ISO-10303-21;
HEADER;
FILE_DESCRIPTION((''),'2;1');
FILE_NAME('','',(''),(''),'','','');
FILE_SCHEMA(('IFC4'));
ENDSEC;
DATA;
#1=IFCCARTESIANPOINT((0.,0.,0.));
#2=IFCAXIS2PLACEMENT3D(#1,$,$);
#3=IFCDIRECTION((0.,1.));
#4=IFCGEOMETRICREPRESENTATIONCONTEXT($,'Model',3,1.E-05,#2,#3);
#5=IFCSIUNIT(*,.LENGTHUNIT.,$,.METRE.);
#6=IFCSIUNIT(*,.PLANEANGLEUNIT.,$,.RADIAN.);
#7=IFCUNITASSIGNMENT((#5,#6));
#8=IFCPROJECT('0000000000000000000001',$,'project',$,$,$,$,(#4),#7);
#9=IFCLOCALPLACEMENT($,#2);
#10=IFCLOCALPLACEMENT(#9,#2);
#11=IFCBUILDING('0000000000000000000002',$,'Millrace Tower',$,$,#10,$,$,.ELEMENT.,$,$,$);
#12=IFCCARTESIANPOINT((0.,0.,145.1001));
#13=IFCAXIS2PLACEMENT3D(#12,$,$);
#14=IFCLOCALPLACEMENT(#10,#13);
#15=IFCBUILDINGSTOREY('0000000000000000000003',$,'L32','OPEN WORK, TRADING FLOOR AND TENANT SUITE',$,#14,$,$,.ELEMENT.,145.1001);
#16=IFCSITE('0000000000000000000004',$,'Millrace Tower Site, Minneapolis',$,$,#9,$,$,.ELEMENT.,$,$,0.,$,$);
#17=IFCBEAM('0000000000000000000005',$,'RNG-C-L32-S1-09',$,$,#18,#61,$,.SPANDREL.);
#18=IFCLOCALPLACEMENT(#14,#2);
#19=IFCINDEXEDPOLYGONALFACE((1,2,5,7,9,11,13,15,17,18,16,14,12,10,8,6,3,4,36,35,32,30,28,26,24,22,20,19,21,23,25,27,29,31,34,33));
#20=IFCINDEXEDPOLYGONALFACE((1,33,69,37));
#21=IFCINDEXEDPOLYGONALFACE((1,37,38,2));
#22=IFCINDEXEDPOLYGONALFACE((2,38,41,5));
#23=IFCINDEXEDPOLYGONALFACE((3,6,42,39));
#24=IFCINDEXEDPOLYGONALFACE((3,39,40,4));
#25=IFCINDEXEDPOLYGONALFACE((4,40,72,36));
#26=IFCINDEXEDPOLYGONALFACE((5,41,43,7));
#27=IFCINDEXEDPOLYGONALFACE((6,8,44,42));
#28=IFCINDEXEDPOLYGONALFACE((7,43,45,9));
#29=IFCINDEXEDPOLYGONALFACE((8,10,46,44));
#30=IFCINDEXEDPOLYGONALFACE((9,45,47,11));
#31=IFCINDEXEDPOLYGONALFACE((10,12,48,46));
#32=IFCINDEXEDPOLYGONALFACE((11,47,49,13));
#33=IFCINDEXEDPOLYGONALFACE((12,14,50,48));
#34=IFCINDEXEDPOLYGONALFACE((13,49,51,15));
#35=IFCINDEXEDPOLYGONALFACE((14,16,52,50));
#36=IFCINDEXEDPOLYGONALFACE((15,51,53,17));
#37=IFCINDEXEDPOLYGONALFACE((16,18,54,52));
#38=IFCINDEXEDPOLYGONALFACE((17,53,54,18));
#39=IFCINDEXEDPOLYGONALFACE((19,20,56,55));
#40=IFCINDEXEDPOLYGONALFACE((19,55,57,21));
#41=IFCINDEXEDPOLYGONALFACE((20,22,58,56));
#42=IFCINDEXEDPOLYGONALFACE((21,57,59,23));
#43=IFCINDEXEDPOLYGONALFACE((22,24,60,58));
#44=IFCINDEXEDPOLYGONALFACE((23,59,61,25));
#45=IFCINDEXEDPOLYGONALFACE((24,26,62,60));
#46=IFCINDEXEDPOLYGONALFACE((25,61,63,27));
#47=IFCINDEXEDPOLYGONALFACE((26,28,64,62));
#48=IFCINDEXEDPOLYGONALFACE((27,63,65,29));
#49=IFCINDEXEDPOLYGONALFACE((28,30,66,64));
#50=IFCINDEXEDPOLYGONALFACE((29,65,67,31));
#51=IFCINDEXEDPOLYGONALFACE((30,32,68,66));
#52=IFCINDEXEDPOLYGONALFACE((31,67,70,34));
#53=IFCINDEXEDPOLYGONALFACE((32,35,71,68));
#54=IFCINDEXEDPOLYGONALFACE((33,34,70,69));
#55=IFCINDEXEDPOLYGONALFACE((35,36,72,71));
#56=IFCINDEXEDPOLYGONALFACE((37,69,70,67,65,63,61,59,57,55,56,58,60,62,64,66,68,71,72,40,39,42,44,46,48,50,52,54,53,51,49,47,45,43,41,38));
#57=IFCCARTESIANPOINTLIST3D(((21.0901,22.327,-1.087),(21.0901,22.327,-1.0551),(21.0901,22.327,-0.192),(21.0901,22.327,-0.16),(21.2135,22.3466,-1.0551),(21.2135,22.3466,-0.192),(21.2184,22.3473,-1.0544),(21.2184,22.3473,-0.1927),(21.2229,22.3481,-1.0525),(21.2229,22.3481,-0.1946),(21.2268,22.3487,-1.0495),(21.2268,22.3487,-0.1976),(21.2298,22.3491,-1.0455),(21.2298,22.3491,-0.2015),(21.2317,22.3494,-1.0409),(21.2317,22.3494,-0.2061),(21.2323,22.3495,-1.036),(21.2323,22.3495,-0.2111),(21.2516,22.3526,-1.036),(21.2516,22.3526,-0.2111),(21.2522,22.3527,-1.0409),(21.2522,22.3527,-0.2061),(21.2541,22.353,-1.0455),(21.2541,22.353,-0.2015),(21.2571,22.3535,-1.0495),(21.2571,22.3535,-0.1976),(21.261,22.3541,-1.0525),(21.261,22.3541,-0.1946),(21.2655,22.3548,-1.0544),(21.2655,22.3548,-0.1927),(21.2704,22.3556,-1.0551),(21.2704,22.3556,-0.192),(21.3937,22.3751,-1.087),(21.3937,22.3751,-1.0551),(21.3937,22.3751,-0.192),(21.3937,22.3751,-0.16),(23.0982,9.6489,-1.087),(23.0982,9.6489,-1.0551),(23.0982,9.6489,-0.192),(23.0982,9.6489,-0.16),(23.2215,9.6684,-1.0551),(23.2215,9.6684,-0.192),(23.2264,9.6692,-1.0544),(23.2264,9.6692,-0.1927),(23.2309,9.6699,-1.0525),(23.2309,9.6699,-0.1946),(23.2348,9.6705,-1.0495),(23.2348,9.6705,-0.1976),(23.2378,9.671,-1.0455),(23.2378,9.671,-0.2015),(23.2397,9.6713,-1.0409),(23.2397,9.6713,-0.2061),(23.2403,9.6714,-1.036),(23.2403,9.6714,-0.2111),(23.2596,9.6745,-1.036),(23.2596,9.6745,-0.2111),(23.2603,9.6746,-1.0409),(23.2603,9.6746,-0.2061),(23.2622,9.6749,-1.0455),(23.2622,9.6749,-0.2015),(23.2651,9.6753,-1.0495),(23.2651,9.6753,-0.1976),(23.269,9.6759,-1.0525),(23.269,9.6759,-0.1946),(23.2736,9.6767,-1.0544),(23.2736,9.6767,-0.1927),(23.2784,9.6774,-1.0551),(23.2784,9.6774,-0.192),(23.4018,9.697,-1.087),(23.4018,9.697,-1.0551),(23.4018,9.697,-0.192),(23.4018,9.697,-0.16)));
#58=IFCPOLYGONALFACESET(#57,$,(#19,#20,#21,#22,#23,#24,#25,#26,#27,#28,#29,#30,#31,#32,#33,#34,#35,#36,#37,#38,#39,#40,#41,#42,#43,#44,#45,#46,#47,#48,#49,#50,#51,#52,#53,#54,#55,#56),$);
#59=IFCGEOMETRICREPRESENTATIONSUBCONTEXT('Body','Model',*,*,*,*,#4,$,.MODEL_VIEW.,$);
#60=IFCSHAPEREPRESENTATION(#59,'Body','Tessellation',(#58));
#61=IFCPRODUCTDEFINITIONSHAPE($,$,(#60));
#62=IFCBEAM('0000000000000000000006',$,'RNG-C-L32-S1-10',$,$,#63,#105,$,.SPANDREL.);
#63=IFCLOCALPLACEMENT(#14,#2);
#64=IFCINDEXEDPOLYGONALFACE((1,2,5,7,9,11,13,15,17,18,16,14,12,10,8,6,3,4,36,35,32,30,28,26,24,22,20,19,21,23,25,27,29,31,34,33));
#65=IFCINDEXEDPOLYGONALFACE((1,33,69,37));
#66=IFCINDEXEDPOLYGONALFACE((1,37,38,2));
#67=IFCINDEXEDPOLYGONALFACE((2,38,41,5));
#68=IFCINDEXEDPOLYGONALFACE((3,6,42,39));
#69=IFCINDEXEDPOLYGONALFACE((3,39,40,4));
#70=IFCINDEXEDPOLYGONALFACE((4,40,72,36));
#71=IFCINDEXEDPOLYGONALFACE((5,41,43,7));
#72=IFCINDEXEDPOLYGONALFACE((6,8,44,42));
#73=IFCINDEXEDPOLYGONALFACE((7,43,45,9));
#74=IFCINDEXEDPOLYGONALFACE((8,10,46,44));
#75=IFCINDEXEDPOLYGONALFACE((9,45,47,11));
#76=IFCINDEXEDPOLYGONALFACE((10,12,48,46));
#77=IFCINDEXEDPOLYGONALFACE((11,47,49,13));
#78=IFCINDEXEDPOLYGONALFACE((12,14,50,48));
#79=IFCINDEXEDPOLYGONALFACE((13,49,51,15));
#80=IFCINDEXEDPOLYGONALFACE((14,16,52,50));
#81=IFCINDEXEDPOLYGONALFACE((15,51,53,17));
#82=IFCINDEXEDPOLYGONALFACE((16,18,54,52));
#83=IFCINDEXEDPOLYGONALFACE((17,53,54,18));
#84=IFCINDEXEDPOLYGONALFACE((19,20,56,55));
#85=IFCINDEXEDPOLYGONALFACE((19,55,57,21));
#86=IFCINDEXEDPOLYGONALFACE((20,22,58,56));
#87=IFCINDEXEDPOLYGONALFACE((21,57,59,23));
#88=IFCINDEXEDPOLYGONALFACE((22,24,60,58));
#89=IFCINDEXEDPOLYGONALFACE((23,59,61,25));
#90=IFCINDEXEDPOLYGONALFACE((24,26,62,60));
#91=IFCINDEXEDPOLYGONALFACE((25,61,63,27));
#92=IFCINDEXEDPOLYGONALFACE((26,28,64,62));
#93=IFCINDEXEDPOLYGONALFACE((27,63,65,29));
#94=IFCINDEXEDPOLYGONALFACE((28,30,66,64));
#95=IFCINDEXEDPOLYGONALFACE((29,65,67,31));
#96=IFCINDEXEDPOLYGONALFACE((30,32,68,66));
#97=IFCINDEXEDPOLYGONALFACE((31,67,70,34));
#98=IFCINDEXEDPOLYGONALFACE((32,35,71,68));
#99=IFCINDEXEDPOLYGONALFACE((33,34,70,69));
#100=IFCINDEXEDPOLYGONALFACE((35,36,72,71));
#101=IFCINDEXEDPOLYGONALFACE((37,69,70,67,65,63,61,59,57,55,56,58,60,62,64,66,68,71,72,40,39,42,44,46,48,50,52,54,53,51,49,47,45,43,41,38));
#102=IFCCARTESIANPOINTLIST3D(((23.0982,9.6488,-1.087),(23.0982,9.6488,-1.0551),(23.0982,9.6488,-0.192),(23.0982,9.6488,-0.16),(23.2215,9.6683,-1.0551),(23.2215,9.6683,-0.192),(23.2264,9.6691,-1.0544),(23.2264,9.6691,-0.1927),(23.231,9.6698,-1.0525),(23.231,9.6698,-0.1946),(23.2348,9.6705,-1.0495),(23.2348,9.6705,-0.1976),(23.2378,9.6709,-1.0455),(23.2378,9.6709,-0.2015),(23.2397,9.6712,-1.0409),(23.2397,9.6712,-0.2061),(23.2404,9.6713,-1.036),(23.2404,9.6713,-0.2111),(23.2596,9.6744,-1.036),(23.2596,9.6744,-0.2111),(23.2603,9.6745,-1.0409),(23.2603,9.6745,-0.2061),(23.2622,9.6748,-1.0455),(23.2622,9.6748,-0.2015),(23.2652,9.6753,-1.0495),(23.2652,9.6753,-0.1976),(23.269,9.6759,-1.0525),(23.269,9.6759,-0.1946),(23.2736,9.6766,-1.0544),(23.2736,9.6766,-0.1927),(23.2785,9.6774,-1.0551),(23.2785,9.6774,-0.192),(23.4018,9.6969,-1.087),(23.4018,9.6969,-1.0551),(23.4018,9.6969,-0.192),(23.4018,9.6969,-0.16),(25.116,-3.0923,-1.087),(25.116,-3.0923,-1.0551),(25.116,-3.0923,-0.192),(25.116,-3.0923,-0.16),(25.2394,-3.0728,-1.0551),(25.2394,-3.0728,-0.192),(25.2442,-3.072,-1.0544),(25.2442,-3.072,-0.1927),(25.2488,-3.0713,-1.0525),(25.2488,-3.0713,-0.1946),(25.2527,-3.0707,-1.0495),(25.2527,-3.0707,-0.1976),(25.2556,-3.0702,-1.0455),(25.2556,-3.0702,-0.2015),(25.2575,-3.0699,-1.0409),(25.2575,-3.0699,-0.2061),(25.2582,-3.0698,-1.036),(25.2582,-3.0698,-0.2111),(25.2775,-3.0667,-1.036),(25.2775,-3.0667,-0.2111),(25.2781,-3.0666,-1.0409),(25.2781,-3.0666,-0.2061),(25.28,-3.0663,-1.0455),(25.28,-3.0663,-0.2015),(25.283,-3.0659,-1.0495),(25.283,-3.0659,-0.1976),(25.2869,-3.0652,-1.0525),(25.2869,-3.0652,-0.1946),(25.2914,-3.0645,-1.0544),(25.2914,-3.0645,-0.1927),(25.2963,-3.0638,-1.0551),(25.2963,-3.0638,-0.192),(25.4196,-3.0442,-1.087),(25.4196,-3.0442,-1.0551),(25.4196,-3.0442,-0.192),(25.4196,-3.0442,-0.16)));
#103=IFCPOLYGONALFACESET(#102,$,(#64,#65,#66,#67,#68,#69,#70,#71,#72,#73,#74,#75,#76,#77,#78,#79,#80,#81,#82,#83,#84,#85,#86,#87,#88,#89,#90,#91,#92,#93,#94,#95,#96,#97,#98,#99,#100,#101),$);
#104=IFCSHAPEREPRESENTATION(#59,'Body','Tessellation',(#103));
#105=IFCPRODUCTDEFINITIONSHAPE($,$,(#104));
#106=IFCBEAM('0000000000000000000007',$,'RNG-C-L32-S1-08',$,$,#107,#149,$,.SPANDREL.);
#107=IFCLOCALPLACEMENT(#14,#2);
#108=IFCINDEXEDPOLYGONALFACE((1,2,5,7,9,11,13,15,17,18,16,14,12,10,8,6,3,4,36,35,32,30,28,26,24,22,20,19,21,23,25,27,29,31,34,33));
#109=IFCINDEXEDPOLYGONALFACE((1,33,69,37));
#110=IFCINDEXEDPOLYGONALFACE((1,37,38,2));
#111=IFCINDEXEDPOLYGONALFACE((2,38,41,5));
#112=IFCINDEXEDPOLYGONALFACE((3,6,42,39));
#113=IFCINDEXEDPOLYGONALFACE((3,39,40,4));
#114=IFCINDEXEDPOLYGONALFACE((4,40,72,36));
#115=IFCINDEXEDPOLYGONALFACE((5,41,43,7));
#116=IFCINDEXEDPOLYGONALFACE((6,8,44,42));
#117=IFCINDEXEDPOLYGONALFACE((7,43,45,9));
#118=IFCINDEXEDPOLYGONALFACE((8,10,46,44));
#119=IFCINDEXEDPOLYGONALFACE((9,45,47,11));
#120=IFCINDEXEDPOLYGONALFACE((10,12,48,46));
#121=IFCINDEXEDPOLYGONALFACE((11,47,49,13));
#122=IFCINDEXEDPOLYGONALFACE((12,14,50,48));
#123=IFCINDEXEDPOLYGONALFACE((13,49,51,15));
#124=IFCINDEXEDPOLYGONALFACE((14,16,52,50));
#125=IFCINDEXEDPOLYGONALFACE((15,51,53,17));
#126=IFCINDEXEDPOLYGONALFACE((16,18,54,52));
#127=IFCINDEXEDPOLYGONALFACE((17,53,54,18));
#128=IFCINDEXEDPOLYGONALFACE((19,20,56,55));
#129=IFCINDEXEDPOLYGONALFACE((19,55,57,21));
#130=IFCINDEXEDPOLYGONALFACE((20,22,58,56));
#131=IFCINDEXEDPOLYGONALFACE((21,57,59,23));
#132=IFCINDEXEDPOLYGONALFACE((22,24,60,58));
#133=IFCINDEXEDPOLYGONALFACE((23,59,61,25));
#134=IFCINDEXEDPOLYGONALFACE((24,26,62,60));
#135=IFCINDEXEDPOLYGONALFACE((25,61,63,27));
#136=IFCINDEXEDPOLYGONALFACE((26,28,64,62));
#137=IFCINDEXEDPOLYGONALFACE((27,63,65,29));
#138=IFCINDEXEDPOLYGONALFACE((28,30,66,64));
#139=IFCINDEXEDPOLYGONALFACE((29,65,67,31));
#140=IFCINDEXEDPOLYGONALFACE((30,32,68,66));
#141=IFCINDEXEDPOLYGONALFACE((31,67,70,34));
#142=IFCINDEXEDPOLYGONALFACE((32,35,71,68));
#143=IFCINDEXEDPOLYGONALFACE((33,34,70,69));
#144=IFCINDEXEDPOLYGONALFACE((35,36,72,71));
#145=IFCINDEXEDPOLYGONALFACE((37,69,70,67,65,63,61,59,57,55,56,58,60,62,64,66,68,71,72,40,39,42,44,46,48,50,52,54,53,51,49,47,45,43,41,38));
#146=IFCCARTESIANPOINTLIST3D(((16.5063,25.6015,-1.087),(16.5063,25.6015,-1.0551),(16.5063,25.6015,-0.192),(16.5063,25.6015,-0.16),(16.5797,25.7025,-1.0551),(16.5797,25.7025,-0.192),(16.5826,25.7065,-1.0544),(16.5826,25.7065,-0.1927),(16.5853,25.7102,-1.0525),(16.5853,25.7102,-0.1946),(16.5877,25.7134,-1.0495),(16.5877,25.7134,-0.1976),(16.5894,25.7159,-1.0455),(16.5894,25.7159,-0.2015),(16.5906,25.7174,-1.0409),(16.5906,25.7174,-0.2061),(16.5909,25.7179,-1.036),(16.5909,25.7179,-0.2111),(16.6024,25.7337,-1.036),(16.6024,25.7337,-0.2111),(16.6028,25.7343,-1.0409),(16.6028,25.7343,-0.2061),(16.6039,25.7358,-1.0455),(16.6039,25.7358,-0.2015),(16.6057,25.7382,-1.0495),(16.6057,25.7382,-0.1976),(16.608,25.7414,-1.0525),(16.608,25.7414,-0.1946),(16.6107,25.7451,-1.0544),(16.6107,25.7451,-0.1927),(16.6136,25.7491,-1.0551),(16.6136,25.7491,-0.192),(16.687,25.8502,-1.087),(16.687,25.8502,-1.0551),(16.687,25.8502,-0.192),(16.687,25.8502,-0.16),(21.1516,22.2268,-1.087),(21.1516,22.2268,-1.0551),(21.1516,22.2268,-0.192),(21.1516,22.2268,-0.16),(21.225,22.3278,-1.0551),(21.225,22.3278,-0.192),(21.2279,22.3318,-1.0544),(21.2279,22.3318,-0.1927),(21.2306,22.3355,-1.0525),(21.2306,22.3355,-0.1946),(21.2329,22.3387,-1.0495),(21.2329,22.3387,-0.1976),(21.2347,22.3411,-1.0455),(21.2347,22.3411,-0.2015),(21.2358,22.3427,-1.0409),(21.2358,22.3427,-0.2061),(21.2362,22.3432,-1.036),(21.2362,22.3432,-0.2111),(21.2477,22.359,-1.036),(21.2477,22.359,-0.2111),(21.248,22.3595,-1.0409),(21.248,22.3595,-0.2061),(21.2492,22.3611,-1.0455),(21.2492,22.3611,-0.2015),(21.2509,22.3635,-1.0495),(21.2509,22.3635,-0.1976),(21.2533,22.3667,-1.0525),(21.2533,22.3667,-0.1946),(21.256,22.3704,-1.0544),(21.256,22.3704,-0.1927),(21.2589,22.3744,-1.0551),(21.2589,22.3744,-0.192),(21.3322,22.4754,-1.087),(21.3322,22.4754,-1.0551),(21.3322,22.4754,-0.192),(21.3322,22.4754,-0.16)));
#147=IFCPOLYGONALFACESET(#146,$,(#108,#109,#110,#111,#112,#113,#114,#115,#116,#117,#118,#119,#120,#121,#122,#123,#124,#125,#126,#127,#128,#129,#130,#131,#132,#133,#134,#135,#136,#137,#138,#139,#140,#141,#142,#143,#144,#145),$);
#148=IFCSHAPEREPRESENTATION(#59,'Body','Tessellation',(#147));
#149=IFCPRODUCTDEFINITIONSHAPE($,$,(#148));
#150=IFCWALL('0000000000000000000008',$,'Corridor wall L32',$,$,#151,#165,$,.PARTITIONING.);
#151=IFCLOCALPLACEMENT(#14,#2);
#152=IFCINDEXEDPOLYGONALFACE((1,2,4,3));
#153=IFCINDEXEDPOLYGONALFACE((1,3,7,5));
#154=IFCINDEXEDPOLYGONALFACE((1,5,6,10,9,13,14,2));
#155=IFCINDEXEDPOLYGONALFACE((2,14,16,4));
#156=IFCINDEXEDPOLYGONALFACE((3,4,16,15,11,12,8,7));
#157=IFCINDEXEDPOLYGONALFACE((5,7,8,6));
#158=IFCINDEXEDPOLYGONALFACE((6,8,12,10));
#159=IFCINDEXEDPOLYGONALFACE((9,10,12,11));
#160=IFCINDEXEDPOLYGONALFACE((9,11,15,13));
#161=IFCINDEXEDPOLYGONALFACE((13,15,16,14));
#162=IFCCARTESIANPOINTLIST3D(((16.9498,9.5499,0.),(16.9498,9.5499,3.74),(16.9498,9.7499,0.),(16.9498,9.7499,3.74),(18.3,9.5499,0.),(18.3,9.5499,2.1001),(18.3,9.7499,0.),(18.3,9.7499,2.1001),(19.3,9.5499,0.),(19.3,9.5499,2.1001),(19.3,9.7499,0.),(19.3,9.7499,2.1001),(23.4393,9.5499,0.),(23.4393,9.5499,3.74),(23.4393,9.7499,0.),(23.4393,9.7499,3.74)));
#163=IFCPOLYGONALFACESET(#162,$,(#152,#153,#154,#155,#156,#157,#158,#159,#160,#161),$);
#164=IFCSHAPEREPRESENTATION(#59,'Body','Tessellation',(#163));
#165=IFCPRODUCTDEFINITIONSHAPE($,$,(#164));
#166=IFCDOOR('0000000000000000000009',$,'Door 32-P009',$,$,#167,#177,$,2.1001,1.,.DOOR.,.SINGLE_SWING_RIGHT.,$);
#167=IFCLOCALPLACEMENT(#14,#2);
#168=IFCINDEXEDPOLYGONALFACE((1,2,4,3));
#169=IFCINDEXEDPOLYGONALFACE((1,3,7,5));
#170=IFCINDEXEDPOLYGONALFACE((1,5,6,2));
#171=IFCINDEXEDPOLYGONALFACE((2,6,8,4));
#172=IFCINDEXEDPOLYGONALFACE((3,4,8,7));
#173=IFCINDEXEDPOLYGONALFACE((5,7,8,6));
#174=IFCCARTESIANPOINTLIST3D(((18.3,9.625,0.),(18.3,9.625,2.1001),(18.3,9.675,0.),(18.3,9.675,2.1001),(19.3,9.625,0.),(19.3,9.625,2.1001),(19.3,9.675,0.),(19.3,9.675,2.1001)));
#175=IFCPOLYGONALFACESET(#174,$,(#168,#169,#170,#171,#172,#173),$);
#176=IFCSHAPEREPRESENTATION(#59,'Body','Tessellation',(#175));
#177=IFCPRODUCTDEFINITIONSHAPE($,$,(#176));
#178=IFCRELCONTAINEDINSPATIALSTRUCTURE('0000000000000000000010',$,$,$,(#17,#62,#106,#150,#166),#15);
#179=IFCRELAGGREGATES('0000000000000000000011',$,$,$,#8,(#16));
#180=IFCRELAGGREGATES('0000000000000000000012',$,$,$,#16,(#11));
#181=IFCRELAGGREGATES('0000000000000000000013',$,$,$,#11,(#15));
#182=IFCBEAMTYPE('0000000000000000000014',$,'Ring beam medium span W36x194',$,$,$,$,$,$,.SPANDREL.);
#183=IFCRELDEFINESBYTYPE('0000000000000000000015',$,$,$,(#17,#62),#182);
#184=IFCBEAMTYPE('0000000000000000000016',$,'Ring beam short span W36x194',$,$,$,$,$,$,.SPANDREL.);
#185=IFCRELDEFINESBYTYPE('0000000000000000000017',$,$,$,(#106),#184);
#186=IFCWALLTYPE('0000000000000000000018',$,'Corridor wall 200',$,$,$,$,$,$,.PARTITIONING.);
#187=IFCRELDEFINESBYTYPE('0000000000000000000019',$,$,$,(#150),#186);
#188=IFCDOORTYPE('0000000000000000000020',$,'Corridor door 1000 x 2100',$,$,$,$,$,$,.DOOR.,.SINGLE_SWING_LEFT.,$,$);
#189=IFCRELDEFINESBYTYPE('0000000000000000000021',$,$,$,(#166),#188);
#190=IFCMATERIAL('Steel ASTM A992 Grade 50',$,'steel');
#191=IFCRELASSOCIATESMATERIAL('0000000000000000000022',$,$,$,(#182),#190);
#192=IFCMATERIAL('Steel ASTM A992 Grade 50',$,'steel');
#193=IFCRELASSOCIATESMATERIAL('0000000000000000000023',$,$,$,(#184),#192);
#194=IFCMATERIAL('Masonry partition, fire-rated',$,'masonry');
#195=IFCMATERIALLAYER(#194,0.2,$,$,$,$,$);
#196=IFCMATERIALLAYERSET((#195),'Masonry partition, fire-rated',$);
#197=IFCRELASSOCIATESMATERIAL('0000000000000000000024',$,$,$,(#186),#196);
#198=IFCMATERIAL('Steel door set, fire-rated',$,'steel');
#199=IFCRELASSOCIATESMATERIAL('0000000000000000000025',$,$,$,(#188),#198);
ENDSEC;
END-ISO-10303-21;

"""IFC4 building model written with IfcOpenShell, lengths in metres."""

from ifc_helpers import new_model, si_unit, direction, frame, frame_2d, origin, origin_2d, place, context, subcontext, project, spatial, rectangle, i_section, extrude, material, layer, layer_set, material_profile, profile_set, type_object, element, fill, save


model = new_model("IFC4")

# Units and contexts
model_context = context("Model", 3, precision=1e-05, world=origin(), true_north=direction((0.0, 1.0)))
body_context = subcontext(model_context, "Body", "Model", "MODEL_VIEW")
ifc_project = project(units=[si_unit("LENGTHUNIT", "METRE"), si_unit("PLANEANGLEUNIT", "RADIAN")], contexts=[model_context])

# Site, building, storey
site_placement = place(None, origin())
site = spatial("IfcSite", under=ifc_project, at=site_placement, Name="Millrace Tower Site, Minneapolis", CompositionType="ELEMENT", RefElevation=0.0)
building_placement = place(site_placement, origin())
building = spatial("IfcBuilding", under=site, at=building_placement, Name="Millrace Tower", CompositionType="ELEMENT")
storey_placement = place(building_placement, frame((0.0, 0.0, 145.1001)))
storey = spatial("IfcBuildingStorey", under=building, at=storey_placement, Name="L32", Description="OPEN WORK, TRADING FLOOR AND TENANT SUITE", CompositionType="ELEMENT", Elevation=145.1001)

# Beams
ifc_material_1 = material(Name="Steel ASTM A992 Grade 50", Category="steel")
ifc_material_profile_1 = material_profile(ifc_material_1, i_section(OverallWidth=0.3074, OverallDepth=0.927, WebThickness=0.0195, FlangeThickness=0.032, FilletRadius=0.019, at=origin_2d()))
ifc_profile_set_1 = profile_set([ifc_material_profile_1], Name="Steel ASTM A992 Grade 50")
beam_type_1 = type_object("IfcBeamType", Name="Ring beam medium span W36x194", PredefinedType="SPANDREL", material=ifc_profile_set_1)
beam_1_placement = place(storey_placement, frame((21.2419, 22.3511, -0.6235), z_axis=(0.156436, -0.987688, 0.0), x_axis=(0.987688, 0.156436, 0.0)))
element("IfcBeam", 1, at=beam_1_placement, inside=storey, type_object=beam_type_1, Name="RNG-C-L32-S1-09", PredefinedType="SPANDREL", context=body_context, shape_type="SweptSolid", body=[
    extrude(i_section(OverallWidth=0.3074, OverallDepth=0.927, WebThickness=0.0195, FlangeThickness=0.032, FilletRadius=0.019, at=origin_2d()), origin(), (0.0, 0.0, 1.0), 12.8362),
])
beam_2_placement = place(storey_placement, frame((23.25, 9.6729, -0.6235), z_axis=(0.15642, -0.987691, 0.0), x_axis=(0.987691, 0.15642, 0.0)))
element("IfcBeam", 2, at=beam_2_placement, inside=storey, type_object=beam_type_1, Name="RNG-C-L32-S1-10", PredefinedType="SPANDREL", context=body_context, shape_type="SweptSolid", body=[
    extrude(i_section(OverallWidth=0.3074, OverallDepth=0.927, WebThickness=0.0195, FlangeThickness=0.032, FilletRadius=0.019, at=origin_2d()), origin(), (0.0, 0.0, 1.0), 12.8999),
])
ifc_material_2 = material(Name="Steel ASTM A992 Grade 50", Category="steel")
ifc_material_profile_2 = material_profile(ifc_material_2, i_section(OverallWidth=0.3074, OverallDepth=0.927, WebThickness=0.0195, FlangeThickness=0.032, FilletRadius=0.019, at=origin_2d()))
ifc_profile_set_2 = profile_set([ifc_material_profile_2], Name="Steel ASTM A992 Grade 50")
beam_type_2 = type_object("IfcBeamType", Name="Ring beam short span W36x194", PredefinedType="SPANDREL", material=ifc_profile_set_2)
beam_3_placement = place(storey_placement, frame((16.5967, 25.7258, -0.6235), z_axis=(0.809036, -0.58776, 0.0), x_axis=(0.58776, 0.809036, 0.0)))
element("IfcBeam", 3, at=beam_3_placement, inside=storey, type_object=beam_type_2, Name="RNG-C-L32-S1-08", PredefinedType="SPANDREL", context=body_context, shape_type="SweptSolid", body=[
    extrude(i_section(OverallWidth=0.3074, OverallDepth=0.927, WebThickness=0.0195, FlangeThickness=0.032, FilletRadius=0.019, at=origin_2d()), origin(), (0.0, 0.0, 1.0), 5.7417),
])

# Wall, opening, door
ifc_material_3 = material(Name="Masonry partition, fire-rated", Category="masonry")
ifc_layer_1 = layer(ifc_material_3, 0.2)
ifc_layer_set_1 = layer_set([ifc_layer_1], Name="Masonry partition, fire-rated")
wall_type = type_object("IfcWallType", Name="Corridor wall 200", PredefinedType="PARTITIONING", material=ifc_layer_set_1)
wall_placement = place(storey_placement, frame((16.95, 9.6499, 0.0), z_axis=(0.0, 0.0, 1.0), x_axis=(1.0, 0.0, 0.0)))
wall = element("IfcWall", 4, at=wall_placement, inside=storey, type_object=wall_type, Name="Corridor wall L32", PredefinedType="PARTITIONING", context=body_context, shape_type="SweptSolid", body=[
    extrude(rectangle(XDim=6.4895, YDim=0.2, at=frame_2d((3.2446, 0.0))), origin(), (0.0, 0.0, 1.0), 3.74),
])
opening_placement = place(wall_placement, frame((1.3501, 0.0, 0.0)))
opening = element("IfcOpeningElement", 5, at=opening_placement, cuts=wall, PredefinedType="OPENING", context=body_context, shape_type="SweptSolid", body=[
    extrude(rectangle(XDim=1.0, YDim=2.1001, at=frame_2d((0.5, 1.05))), frame((0.0, 0.1099, 0.0), z_axis=(0.0, -1.0, 0.0), x_axis=(1.0, 0.0, 0.0)), (0.0, 0.0, 1.0), 0.22),
])
ifc_material_4 = material(Name="Steel door set, fire-rated", Category="steel")
door_type = type_object("IfcDoorType", Name="Corridor door 1000 x 2100", OperationType="SINGLE_SWING_LEFT", PredefinedType="DOOR", material=ifc_material_4)
door_placement = place(opening_placement, frame((1.0, 0.0, 0.0), z_axis=(0.0, 0.0, 1.0), x_axis=(-1.0, 0.0, 0.0)))
door = element("IfcDoor", 6, at=door_placement, inside=storey, type_object=door_type, Name="Door 32-P009", OperationType="SINGLE_SWING_RIGHT", OverallHeight=2.1001, OverallWidth=1.0, PredefinedType="DOOR", context=body_context, shape_type="SweptSolid", body=[
    extrude(rectangle(XDim=1.0, YDim=2.1001, at=frame_2d((0.5, 1.05))), frame((0.0, 0.0249, 0.0), z_axis=(0.0, -1.0, 0.0), x_axis=(1.0, 0.0, 0.0)), (0.0, 0.0, 1.0), 0.05),
])
fill(opening, door)

save(model, "model.ifc")
